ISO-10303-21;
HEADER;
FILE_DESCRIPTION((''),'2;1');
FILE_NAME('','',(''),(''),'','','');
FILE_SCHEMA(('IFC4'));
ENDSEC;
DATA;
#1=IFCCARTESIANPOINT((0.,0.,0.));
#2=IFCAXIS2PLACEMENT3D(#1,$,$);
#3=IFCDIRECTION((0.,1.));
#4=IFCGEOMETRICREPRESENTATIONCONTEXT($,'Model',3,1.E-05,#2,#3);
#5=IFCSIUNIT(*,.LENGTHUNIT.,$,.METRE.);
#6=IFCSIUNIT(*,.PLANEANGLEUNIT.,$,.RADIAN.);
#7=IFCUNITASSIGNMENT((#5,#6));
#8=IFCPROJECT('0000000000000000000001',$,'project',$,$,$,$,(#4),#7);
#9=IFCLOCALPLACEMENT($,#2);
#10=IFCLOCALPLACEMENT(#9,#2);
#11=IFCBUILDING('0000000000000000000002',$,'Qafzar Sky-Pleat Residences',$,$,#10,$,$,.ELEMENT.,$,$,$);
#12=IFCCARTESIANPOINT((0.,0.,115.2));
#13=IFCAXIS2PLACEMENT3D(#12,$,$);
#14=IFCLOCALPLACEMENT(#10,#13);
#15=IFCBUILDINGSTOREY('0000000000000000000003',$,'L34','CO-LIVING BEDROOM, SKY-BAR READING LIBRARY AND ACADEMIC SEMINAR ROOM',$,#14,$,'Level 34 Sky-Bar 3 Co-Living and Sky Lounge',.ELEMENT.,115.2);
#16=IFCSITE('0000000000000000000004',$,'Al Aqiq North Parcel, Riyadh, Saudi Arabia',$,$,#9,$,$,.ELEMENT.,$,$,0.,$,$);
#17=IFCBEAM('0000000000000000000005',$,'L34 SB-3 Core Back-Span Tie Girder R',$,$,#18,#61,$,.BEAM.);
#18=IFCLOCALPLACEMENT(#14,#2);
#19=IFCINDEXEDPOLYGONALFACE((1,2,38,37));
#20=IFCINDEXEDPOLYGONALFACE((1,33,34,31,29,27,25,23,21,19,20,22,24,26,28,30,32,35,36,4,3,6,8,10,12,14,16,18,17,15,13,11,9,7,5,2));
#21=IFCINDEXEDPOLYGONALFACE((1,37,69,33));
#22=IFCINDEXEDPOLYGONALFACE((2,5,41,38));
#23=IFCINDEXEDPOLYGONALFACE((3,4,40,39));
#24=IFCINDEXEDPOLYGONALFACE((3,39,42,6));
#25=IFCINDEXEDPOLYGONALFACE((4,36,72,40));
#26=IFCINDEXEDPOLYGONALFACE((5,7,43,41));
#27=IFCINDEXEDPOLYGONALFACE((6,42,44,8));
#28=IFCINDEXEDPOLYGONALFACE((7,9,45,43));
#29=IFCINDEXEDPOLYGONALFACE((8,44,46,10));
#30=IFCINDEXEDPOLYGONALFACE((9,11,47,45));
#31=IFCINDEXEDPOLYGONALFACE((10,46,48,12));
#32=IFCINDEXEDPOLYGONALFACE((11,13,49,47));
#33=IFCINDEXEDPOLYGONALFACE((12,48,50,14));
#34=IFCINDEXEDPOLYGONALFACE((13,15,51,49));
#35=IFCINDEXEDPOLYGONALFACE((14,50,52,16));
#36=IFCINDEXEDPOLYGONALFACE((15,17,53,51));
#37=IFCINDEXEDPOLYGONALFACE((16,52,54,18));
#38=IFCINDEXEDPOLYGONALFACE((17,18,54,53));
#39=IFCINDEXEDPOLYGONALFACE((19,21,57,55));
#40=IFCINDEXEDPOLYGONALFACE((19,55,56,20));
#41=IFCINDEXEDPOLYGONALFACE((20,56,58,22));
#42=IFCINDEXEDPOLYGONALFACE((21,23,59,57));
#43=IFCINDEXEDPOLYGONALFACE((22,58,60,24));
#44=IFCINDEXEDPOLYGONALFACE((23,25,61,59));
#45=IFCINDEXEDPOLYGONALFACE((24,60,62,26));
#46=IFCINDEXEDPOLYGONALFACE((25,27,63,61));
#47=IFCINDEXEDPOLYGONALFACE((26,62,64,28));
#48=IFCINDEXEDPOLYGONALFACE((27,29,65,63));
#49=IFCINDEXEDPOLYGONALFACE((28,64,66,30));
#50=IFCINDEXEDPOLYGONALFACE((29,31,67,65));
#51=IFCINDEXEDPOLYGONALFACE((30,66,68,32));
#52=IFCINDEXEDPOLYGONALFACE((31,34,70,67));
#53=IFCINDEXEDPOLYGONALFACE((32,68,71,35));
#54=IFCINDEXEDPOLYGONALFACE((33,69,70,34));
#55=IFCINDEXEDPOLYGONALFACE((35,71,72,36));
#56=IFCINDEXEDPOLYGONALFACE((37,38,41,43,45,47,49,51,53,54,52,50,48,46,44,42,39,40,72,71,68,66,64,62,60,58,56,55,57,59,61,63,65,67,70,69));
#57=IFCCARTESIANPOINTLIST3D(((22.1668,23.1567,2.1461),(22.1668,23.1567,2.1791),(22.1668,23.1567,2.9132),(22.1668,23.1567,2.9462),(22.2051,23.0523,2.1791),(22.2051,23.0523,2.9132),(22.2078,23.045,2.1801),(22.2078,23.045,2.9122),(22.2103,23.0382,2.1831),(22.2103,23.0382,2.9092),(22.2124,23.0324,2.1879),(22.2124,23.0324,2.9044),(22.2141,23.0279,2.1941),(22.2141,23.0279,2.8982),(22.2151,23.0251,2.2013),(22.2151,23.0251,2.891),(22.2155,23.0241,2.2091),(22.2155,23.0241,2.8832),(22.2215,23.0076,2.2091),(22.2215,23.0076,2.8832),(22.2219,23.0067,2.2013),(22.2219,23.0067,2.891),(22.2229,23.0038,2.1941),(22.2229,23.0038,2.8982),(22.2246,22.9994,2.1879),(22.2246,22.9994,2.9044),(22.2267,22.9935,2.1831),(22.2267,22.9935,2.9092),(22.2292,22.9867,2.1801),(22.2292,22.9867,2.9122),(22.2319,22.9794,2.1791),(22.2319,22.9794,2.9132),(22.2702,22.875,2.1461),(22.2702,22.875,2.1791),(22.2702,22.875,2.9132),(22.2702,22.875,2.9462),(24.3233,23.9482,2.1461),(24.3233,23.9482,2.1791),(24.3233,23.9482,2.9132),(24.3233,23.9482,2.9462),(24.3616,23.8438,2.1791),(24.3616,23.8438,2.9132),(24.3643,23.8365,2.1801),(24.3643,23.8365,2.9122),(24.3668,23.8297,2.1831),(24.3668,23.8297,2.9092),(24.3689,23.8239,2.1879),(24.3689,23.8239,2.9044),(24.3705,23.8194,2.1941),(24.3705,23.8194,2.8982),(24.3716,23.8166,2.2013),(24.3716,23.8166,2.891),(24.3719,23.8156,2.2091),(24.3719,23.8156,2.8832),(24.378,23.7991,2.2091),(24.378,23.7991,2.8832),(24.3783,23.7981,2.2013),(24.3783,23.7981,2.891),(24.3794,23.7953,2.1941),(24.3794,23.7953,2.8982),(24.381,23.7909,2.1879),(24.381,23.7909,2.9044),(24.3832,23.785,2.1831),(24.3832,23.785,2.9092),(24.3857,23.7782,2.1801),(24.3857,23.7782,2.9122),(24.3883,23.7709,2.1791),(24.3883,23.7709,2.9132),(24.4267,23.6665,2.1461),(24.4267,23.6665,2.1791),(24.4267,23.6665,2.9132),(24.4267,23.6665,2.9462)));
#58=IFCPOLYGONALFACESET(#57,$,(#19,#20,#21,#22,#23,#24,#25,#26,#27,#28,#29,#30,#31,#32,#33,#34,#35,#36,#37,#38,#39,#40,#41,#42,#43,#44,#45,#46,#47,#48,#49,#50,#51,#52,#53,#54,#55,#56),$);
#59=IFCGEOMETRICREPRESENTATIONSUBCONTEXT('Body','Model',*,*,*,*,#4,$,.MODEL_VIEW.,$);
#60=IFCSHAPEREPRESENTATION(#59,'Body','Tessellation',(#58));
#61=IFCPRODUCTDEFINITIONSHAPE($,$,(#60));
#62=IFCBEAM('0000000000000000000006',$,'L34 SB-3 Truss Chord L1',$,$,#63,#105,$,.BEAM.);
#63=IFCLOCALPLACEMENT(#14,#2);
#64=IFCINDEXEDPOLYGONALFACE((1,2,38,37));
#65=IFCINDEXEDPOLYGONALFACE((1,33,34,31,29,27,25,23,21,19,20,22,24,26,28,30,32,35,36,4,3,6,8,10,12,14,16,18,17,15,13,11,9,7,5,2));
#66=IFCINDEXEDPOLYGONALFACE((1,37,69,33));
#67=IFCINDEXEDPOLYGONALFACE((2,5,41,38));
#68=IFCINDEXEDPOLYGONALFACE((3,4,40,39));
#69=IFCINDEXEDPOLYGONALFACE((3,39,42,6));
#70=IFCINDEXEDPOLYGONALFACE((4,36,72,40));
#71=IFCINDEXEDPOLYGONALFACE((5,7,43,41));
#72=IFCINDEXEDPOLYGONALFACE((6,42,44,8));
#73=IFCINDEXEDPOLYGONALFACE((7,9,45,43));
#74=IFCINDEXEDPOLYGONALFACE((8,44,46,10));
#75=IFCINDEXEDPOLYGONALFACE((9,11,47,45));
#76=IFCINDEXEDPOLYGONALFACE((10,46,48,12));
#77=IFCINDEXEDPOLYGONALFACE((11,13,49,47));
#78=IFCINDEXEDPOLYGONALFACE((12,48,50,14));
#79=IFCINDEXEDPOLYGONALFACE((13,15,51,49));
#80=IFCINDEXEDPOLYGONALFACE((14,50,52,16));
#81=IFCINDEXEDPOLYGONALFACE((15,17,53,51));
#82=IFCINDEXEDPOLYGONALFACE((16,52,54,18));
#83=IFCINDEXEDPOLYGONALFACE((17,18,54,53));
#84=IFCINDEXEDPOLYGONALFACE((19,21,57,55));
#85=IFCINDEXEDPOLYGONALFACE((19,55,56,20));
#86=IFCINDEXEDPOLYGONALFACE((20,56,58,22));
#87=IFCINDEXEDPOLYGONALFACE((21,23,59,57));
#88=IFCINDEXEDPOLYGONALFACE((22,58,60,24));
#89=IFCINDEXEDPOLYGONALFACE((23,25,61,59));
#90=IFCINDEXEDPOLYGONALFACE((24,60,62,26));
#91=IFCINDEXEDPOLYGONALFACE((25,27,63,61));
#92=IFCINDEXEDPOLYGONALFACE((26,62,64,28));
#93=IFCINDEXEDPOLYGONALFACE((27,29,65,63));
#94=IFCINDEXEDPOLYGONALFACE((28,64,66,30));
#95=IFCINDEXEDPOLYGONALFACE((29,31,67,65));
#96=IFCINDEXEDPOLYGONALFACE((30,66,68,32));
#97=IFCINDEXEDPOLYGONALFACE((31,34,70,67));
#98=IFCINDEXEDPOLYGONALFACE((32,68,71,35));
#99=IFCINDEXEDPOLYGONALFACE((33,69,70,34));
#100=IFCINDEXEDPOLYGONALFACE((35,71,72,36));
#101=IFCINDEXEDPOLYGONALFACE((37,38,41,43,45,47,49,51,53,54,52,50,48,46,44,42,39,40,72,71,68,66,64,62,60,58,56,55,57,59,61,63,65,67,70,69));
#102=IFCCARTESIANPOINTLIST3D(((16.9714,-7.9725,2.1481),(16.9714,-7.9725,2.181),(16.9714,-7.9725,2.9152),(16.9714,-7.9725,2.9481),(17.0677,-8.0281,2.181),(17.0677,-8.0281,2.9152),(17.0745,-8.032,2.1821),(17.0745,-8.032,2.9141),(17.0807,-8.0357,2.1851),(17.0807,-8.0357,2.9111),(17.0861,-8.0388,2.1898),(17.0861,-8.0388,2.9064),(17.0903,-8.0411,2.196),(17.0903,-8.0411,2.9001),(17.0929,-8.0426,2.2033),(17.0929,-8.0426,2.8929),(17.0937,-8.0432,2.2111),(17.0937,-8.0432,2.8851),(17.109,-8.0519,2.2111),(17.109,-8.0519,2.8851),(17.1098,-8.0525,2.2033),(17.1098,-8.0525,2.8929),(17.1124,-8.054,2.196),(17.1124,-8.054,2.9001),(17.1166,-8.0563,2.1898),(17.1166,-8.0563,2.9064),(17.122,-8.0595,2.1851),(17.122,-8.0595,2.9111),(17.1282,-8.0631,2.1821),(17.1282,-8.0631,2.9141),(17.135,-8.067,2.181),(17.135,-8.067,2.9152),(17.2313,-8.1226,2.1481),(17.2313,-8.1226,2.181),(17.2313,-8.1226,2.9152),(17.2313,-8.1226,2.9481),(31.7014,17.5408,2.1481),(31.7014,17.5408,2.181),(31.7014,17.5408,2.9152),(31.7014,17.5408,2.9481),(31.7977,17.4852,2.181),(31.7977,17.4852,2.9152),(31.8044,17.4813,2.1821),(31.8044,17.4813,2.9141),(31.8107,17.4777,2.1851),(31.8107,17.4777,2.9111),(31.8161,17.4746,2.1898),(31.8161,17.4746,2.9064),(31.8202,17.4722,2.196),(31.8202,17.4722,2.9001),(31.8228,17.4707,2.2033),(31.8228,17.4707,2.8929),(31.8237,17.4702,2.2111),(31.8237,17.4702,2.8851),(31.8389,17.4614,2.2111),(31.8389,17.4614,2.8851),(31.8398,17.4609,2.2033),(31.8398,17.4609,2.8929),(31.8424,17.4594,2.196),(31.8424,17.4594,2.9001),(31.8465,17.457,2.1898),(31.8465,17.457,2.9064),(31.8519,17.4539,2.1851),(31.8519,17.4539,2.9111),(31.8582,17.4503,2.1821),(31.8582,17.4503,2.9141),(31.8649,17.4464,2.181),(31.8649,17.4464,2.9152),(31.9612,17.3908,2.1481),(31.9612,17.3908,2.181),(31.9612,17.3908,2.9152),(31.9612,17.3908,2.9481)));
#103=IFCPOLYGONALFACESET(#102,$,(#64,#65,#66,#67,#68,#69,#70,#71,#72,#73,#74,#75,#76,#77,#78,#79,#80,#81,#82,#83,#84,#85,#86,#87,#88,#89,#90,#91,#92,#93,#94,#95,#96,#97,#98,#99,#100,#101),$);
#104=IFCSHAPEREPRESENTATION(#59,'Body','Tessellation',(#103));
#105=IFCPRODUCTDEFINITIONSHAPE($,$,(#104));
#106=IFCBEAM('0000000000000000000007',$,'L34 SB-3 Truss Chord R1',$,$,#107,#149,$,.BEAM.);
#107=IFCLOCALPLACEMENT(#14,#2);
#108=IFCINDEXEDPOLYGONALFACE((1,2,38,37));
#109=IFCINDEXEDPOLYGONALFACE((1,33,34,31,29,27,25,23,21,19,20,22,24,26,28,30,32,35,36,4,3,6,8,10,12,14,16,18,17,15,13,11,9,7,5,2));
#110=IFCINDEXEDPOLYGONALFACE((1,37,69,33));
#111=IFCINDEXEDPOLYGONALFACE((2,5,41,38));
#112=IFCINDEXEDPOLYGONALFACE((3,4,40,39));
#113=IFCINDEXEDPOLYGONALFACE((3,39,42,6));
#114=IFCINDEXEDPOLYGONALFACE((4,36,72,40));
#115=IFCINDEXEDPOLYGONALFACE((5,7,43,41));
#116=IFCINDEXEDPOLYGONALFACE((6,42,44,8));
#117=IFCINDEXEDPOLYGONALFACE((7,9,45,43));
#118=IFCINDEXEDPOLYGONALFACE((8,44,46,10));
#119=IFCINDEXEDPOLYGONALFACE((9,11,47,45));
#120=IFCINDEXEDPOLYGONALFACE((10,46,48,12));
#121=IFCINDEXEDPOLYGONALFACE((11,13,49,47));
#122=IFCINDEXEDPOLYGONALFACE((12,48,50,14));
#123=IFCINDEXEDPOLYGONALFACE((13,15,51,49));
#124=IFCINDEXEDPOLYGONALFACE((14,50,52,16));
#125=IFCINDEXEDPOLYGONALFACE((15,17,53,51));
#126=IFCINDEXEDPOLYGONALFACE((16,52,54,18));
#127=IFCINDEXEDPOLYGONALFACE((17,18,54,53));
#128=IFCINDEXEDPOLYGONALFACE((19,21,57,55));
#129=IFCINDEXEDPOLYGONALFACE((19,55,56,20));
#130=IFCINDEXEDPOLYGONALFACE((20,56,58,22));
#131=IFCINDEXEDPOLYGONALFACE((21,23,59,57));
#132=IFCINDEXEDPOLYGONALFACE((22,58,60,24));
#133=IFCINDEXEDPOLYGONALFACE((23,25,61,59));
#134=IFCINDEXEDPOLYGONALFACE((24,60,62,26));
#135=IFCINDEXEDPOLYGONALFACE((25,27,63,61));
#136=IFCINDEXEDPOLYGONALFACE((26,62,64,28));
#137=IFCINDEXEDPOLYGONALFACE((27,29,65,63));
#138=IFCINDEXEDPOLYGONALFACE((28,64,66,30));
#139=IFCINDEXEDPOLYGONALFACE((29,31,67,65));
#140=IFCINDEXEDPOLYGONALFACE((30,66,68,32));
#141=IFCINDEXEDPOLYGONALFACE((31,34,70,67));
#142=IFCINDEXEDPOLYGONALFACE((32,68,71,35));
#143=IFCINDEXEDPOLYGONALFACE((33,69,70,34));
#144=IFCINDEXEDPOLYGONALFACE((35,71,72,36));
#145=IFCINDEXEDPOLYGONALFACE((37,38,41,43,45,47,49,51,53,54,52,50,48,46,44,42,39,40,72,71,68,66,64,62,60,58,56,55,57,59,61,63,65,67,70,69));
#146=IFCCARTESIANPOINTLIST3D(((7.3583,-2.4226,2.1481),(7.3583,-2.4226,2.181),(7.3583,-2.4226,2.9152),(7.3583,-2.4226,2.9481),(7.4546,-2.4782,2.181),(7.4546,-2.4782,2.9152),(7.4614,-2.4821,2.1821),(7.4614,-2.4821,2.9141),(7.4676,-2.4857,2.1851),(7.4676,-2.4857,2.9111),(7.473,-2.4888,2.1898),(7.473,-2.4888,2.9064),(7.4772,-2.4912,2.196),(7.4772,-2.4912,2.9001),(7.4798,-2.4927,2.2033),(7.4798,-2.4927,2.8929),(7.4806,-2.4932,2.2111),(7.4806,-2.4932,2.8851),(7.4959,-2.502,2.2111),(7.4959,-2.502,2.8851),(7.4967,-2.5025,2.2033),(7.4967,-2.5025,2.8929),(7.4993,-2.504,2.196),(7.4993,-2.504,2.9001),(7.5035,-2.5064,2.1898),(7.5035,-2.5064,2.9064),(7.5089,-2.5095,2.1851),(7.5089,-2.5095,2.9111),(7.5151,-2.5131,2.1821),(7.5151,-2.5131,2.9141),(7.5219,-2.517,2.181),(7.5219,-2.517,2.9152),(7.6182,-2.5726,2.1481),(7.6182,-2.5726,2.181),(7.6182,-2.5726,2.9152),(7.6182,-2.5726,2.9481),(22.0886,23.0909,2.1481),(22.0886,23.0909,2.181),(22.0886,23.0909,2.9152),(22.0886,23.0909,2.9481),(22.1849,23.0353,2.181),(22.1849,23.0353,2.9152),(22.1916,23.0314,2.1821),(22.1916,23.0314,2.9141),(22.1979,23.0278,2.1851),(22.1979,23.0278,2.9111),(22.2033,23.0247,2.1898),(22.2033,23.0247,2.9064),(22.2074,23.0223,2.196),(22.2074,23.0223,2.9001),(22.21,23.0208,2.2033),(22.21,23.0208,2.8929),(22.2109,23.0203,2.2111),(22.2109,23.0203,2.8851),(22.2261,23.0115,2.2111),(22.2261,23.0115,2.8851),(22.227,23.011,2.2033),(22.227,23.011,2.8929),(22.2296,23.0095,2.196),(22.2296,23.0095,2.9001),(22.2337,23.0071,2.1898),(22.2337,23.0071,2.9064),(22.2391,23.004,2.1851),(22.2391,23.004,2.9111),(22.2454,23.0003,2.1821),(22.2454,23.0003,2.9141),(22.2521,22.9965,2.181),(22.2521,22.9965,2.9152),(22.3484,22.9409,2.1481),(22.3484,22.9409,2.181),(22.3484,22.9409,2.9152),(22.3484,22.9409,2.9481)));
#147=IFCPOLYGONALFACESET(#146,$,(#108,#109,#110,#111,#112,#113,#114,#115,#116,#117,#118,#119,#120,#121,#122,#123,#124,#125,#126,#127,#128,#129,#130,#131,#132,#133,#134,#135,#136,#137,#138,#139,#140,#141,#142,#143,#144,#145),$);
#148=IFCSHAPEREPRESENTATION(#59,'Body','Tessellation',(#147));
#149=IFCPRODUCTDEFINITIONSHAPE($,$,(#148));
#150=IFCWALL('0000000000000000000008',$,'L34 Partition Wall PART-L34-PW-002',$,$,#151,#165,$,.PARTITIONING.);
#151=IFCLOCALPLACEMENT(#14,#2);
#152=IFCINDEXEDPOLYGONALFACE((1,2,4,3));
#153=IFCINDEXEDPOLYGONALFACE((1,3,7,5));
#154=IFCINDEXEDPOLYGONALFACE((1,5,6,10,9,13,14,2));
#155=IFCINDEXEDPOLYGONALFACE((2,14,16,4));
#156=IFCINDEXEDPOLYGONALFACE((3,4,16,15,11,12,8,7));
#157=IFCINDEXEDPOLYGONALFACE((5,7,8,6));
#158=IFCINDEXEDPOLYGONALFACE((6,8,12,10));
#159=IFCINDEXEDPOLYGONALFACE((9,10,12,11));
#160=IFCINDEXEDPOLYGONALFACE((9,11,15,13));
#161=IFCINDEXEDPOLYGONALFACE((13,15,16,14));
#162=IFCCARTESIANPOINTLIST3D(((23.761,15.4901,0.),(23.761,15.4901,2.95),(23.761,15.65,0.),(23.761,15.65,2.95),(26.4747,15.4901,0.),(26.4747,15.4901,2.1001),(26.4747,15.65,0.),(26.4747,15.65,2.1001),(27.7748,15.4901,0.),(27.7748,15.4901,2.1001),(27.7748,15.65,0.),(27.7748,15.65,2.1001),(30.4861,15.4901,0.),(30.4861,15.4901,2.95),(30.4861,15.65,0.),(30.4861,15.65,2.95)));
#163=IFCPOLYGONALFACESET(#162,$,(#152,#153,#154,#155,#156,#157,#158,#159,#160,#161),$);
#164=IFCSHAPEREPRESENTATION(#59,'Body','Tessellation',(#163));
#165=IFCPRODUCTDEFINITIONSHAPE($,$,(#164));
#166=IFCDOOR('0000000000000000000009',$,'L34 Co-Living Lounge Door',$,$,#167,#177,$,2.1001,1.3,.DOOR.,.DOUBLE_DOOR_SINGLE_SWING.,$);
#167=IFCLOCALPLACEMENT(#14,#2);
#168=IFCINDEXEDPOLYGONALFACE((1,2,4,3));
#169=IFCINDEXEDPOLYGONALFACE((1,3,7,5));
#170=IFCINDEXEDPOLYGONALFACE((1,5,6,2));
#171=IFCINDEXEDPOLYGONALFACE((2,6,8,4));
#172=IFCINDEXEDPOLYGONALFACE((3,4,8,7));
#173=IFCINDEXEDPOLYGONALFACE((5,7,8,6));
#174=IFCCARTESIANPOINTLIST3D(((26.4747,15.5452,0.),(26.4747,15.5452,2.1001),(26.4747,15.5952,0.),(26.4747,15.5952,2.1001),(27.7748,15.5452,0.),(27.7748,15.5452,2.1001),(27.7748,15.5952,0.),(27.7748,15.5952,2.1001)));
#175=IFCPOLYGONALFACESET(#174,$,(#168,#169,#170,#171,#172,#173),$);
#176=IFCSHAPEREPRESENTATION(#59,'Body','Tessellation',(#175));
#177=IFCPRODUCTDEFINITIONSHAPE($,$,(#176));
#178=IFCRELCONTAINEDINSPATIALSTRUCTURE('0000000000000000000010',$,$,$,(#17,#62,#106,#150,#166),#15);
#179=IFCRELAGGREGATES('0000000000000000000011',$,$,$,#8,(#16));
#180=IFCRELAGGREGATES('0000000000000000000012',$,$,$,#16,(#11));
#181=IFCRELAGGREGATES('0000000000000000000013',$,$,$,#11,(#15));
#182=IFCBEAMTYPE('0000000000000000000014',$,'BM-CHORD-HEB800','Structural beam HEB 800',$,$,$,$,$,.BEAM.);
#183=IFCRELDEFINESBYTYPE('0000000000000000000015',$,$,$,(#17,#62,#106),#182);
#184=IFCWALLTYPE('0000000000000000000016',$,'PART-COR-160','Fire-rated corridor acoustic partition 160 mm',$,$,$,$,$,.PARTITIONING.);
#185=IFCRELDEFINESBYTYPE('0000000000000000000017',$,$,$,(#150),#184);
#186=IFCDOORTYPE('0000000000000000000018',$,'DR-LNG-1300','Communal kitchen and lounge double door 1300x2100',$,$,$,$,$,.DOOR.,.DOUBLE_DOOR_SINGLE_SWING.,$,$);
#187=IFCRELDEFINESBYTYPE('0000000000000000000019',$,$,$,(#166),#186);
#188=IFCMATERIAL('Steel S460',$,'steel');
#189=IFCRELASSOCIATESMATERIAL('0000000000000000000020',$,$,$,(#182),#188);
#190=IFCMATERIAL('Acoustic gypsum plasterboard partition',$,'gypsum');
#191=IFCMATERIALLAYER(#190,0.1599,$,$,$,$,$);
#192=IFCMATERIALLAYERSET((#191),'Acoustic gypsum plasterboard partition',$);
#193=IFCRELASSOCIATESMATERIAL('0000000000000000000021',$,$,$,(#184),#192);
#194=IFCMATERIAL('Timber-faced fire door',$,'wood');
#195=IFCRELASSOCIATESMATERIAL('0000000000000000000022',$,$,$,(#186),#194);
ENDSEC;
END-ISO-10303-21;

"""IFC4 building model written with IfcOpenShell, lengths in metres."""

from ifc_helpers import new_model, si_unit, direction, frame, frame_2d, origin, origin_2d, place, context, subcontext, project, spatial, rectangle, i_section, extrude, source, transform, mapped, material, layer, layer_set, material_profile, profile_set, type_object, element, fill, save


model = new_model("IFC4")

# Units and contexts
model_context = context("Model", 3, precision=1e-05, world=origin(), true_north=direction((0.0, 1.0)))
body_context = subcontext(model_context, "Body", "Model", "MODEL_VIEW")
ifc_project = project(units=[si_unit("LENGTHUNIT", "METRE"), si_unit("PLANEANGLEUNIT", "RADIAN")], contexts=[model_context])

# Site, building, storey
site_placement = place(None, origin())
site = spatial("IfcSite", under=ifc_project, at=site_placement, Name="Al Aqiq North Parcel, Riyadh, Saudi Arabia", CompositionType="ELEMENT", RefElevation=0.0)
building_placement = place(site_placement, origin())
building = spatial("IfcBuilding", under=site, at=building_placement, Name="Qafzar Sky-Pleat Residences", CompositionType="ELEMENT")
storey_placement = place(building_placement, frame((0.0, 0.0, 115.2)))
storey = spatial("IfcBuildingStorey", under=building, at=storey_placement, Name="L34", Description="CO-LIVING BEDROOM, SKY-BAR READING LIBRARY AND ACADEMIC SEMINAR ROOM", LongName="Level 34 Sky-Bar 3 Co-Living and Sky Lounge", CompositionType="ELEMENT", Elevation=115.2)

# Beams
ifc_material_1 = material(Name="Steel S460", Category="steel")
ifc_material_profile = material_profile(ifc_material_1, i_section(OverallWidth=0.3, OverallDepth=0.8, WebThickness=0.0176, FlangeThickness=0.033, FilletRadius=0.03, at=origin_2d()), Name="HEB 800")
ifc_profile_set = profile_set([ifc_material_profile], Name="Steel S460")
beam_type = type_object("IfcBeamType", Name="BM-CHORD-HEB800", Description="Structural beam HEB 800", PredefinedType="BEAM", material=ifc_profile_set)
shared_shape_1 = source(origin(), body_context, "Body", "SweptSolid", [
    extrude(i_section(OverallWidth=0.3, OverallDepth=0.8, WebThickness=0.0176, FlangeThickness=0.033, FilletRadius=0.03, at=origin_2d()), origin(), (0.0, 0.0, 1.0), 2.2971),
])
beam_1_placement = place(storey_placement, frame((22.2185, 23.0159, 2.5461), z_axis=(0.938765, 0.344558, 0.0), x_axis=(-0.344558, 0.938765, 0.0)))
element("IfcBeam", 1, at=beam_1_placement, inside=storey, type_object=beam_type, Name="L34 SB-3 Core Back-Span Tie Girder R", PredefinedType="BEAM", context=body_context, shape_type="MappedRepresentation", body=[
    mapped(shared_shape_1, transform((0.0, 0.0, 0.0), x_axis=(1.0, 0.0, 0.0), y_axis=(0.0, 1.0, 0.0), z_axis=(0.0, 0.0, 1.0), scale=1.0)),
])
shared_shape_2 = source(origin(), body_context, "Body", "SweptSolid", [
    extrude(i_section(OverallWidth=0.3, OverallDepth=0.8, WebThickness=0.0176, FlangeThickness=0.033, FilletRadius=0.03, at=origin_2d()), origin(), (0.0, 0.0, 1.0), 29.4602),
])
beam_2_placement = place(storey_placement, frame((31.8313, 17.4658, 2.5481), z_axis=(-0.499995, -0.866028, 0.0), x_axis=(0.866028, -0.499995, 0.0)))
element("IfcBeam", 2, at=beam_2_placement, inside=storey, type_object=beam_type, Name="L34 SB-3 Truss Chord L1", PredefinedType="BEAM", context=body_context, shape_type="MappedRepresentation", body=[
    mapped(shared_shape_2, transform((0.0, 0.0, 0.0), x_axis=(1.0, 0.0, 0.0), y_axis=(0.0, 1.0, 0.0), z_axis=(0.0, 0.0, 1.0), scale=1.0)),
])
shared_shape_3 = source(origin(), body_context, "Body", "SweptSolid", [
    extrude(i_section(OverallWidth=0.3, OverallDepth=0.8, WebThickness=0.0176, FlangeThickness=0.033, FilletRadius=0.03, at=origin_2d()), origin(), (0.0, 0.0, 1.0), 29.4604),
])
beam_3_placement = place(storey_placement, frame((22.2185, 23.0159, 2.5481), z_axis=(-0.500001, -0.866025, 0.0), x_axis=(0.866025, -0.500001, 0.0)))
element("IfcBeam", 3, at=beam_3_placement, inside=storey, type_object=beam_type, Name="L34 SB-3 Truss Chord R1", PredefinedType="BEAM", context=body_context, shape_type="MappedRepresentation", body=[
    mapped(shared_shape_3, transform((0.0, 0.0, 0.0), x_axis=(1.0, 0.0, 0.0), y_axis=(0.0, 1.0, 0.0), z_axis=(0.0, 0.0, 1.0), scale=1.0)),
])

# Wall, opening, door
ifc_material_2 = material(Name="Acoustic gypsum plasterboard partition", Category="gypsum")
ifc_layer_1 = layer(ifc_material_2, 0.1599)
ifc_layer_set_1 = layer_set([ifc_layer_1], Name="Acoustic gypsum plasterboard partition")
wall_type_1 = type_object("IfcWallType", Name="PART-COR-160", Description="Fire-rated corridor acoustic partition 160 mm", PredefinedType="PARTITIONING", material=ifc_layer_set_1)
wall_1_placement = place(storey_placement, frame((30.4861, 15.5701, 0.0), z_axis=(0.0, 0.0, 1.0), x_axis=(-1.0, 0.0, 0.0)))
wall_1 = element("IfcWall", 4, at=wall_1_placement, inside=storey, type_object=wall_type_1, Name="L34 Partition Wall PART-L34-PW-002", PredefinedType="PARTITIONING", context=body_context, shape_type="SweptSolid", body=[
    extrude(rectangle(XDim=6.7251, YDim=0.1599, at=frame_2d((3.3625, 0.0))), origin(), (0.0, 0.0, 1.0), 2.95),
])
opening_1_placement = place(wall_1_placement, frame((2.7114, 0.0, 0.0)))
opening_1 = element("IfcOpeningElement", 5, at=opening_1_placement, cuts=wall_1, PredefinedType="OPENING", context=body_context, shape_type="SweptSolid", body=[
    extrude(rectangle(XDim=1.3, YDim=2.1001, at=frame_2d((0.6499, 1.05))), frame((0.0, 0.0898, 0.0), z_axis=(0.0, -1.0, 0.0), x_axis=(1.0, 0.0, 0.0)), (0.0, 0.0, 1.0), 0.1799),
])
ifc_material_3 = material(Name="Timber-faced fire door", Category="wood")
door_type_1 = type_object("IfcDoorType", Name="DR-LNG-1300", Description="Communal kitchen and lounge double door 1300x2100", OperationType="DOUBLE_DOOR_SINGLE_SWING", PredefinedType="DOOR", material=ifc_material_3)
shared_shape_4 = source(origin(), body_context, "Body", "SweptSolid", [
    extrude(rectangle(XDim=1.3, YDim=2.1001, at=frame_2d((0.6499, 1.05))), frame((0.0, 0.0249, 0.0), z_axis=(0.0, -1.0, 0.0), x_axis=(1.0, 0.0, 0.0)), (0.0, 0.0, 1.0), 0.05),
])
door_1_placement = place(opening_1_placement, origin())
door_1 = element("IfcDoor", 6, at=door_1_placement, inside=storey, type_object=door_type_1, Name="L34 Co-Living Lounge Door", OperationType="DOUBLE_DOOR_SINGLE_SWING", OverallHeight=2.1001, OverallWidth=1.3, PredefinedType="DOOR", context=body_context, shape_type="MappedRepresentation", body=[
    mapped(shared_shape_4, transform((0.0, 0.0, 0.0), x_axis=(1.0, 0.0, 0.0), y_axis=(0.0, 1.0, 0.0), z_axis=(0.0, 0.0, 1.0), scale=1.0)),
])
fill(opening_1, door_1)

save(model, "model.ifc")
